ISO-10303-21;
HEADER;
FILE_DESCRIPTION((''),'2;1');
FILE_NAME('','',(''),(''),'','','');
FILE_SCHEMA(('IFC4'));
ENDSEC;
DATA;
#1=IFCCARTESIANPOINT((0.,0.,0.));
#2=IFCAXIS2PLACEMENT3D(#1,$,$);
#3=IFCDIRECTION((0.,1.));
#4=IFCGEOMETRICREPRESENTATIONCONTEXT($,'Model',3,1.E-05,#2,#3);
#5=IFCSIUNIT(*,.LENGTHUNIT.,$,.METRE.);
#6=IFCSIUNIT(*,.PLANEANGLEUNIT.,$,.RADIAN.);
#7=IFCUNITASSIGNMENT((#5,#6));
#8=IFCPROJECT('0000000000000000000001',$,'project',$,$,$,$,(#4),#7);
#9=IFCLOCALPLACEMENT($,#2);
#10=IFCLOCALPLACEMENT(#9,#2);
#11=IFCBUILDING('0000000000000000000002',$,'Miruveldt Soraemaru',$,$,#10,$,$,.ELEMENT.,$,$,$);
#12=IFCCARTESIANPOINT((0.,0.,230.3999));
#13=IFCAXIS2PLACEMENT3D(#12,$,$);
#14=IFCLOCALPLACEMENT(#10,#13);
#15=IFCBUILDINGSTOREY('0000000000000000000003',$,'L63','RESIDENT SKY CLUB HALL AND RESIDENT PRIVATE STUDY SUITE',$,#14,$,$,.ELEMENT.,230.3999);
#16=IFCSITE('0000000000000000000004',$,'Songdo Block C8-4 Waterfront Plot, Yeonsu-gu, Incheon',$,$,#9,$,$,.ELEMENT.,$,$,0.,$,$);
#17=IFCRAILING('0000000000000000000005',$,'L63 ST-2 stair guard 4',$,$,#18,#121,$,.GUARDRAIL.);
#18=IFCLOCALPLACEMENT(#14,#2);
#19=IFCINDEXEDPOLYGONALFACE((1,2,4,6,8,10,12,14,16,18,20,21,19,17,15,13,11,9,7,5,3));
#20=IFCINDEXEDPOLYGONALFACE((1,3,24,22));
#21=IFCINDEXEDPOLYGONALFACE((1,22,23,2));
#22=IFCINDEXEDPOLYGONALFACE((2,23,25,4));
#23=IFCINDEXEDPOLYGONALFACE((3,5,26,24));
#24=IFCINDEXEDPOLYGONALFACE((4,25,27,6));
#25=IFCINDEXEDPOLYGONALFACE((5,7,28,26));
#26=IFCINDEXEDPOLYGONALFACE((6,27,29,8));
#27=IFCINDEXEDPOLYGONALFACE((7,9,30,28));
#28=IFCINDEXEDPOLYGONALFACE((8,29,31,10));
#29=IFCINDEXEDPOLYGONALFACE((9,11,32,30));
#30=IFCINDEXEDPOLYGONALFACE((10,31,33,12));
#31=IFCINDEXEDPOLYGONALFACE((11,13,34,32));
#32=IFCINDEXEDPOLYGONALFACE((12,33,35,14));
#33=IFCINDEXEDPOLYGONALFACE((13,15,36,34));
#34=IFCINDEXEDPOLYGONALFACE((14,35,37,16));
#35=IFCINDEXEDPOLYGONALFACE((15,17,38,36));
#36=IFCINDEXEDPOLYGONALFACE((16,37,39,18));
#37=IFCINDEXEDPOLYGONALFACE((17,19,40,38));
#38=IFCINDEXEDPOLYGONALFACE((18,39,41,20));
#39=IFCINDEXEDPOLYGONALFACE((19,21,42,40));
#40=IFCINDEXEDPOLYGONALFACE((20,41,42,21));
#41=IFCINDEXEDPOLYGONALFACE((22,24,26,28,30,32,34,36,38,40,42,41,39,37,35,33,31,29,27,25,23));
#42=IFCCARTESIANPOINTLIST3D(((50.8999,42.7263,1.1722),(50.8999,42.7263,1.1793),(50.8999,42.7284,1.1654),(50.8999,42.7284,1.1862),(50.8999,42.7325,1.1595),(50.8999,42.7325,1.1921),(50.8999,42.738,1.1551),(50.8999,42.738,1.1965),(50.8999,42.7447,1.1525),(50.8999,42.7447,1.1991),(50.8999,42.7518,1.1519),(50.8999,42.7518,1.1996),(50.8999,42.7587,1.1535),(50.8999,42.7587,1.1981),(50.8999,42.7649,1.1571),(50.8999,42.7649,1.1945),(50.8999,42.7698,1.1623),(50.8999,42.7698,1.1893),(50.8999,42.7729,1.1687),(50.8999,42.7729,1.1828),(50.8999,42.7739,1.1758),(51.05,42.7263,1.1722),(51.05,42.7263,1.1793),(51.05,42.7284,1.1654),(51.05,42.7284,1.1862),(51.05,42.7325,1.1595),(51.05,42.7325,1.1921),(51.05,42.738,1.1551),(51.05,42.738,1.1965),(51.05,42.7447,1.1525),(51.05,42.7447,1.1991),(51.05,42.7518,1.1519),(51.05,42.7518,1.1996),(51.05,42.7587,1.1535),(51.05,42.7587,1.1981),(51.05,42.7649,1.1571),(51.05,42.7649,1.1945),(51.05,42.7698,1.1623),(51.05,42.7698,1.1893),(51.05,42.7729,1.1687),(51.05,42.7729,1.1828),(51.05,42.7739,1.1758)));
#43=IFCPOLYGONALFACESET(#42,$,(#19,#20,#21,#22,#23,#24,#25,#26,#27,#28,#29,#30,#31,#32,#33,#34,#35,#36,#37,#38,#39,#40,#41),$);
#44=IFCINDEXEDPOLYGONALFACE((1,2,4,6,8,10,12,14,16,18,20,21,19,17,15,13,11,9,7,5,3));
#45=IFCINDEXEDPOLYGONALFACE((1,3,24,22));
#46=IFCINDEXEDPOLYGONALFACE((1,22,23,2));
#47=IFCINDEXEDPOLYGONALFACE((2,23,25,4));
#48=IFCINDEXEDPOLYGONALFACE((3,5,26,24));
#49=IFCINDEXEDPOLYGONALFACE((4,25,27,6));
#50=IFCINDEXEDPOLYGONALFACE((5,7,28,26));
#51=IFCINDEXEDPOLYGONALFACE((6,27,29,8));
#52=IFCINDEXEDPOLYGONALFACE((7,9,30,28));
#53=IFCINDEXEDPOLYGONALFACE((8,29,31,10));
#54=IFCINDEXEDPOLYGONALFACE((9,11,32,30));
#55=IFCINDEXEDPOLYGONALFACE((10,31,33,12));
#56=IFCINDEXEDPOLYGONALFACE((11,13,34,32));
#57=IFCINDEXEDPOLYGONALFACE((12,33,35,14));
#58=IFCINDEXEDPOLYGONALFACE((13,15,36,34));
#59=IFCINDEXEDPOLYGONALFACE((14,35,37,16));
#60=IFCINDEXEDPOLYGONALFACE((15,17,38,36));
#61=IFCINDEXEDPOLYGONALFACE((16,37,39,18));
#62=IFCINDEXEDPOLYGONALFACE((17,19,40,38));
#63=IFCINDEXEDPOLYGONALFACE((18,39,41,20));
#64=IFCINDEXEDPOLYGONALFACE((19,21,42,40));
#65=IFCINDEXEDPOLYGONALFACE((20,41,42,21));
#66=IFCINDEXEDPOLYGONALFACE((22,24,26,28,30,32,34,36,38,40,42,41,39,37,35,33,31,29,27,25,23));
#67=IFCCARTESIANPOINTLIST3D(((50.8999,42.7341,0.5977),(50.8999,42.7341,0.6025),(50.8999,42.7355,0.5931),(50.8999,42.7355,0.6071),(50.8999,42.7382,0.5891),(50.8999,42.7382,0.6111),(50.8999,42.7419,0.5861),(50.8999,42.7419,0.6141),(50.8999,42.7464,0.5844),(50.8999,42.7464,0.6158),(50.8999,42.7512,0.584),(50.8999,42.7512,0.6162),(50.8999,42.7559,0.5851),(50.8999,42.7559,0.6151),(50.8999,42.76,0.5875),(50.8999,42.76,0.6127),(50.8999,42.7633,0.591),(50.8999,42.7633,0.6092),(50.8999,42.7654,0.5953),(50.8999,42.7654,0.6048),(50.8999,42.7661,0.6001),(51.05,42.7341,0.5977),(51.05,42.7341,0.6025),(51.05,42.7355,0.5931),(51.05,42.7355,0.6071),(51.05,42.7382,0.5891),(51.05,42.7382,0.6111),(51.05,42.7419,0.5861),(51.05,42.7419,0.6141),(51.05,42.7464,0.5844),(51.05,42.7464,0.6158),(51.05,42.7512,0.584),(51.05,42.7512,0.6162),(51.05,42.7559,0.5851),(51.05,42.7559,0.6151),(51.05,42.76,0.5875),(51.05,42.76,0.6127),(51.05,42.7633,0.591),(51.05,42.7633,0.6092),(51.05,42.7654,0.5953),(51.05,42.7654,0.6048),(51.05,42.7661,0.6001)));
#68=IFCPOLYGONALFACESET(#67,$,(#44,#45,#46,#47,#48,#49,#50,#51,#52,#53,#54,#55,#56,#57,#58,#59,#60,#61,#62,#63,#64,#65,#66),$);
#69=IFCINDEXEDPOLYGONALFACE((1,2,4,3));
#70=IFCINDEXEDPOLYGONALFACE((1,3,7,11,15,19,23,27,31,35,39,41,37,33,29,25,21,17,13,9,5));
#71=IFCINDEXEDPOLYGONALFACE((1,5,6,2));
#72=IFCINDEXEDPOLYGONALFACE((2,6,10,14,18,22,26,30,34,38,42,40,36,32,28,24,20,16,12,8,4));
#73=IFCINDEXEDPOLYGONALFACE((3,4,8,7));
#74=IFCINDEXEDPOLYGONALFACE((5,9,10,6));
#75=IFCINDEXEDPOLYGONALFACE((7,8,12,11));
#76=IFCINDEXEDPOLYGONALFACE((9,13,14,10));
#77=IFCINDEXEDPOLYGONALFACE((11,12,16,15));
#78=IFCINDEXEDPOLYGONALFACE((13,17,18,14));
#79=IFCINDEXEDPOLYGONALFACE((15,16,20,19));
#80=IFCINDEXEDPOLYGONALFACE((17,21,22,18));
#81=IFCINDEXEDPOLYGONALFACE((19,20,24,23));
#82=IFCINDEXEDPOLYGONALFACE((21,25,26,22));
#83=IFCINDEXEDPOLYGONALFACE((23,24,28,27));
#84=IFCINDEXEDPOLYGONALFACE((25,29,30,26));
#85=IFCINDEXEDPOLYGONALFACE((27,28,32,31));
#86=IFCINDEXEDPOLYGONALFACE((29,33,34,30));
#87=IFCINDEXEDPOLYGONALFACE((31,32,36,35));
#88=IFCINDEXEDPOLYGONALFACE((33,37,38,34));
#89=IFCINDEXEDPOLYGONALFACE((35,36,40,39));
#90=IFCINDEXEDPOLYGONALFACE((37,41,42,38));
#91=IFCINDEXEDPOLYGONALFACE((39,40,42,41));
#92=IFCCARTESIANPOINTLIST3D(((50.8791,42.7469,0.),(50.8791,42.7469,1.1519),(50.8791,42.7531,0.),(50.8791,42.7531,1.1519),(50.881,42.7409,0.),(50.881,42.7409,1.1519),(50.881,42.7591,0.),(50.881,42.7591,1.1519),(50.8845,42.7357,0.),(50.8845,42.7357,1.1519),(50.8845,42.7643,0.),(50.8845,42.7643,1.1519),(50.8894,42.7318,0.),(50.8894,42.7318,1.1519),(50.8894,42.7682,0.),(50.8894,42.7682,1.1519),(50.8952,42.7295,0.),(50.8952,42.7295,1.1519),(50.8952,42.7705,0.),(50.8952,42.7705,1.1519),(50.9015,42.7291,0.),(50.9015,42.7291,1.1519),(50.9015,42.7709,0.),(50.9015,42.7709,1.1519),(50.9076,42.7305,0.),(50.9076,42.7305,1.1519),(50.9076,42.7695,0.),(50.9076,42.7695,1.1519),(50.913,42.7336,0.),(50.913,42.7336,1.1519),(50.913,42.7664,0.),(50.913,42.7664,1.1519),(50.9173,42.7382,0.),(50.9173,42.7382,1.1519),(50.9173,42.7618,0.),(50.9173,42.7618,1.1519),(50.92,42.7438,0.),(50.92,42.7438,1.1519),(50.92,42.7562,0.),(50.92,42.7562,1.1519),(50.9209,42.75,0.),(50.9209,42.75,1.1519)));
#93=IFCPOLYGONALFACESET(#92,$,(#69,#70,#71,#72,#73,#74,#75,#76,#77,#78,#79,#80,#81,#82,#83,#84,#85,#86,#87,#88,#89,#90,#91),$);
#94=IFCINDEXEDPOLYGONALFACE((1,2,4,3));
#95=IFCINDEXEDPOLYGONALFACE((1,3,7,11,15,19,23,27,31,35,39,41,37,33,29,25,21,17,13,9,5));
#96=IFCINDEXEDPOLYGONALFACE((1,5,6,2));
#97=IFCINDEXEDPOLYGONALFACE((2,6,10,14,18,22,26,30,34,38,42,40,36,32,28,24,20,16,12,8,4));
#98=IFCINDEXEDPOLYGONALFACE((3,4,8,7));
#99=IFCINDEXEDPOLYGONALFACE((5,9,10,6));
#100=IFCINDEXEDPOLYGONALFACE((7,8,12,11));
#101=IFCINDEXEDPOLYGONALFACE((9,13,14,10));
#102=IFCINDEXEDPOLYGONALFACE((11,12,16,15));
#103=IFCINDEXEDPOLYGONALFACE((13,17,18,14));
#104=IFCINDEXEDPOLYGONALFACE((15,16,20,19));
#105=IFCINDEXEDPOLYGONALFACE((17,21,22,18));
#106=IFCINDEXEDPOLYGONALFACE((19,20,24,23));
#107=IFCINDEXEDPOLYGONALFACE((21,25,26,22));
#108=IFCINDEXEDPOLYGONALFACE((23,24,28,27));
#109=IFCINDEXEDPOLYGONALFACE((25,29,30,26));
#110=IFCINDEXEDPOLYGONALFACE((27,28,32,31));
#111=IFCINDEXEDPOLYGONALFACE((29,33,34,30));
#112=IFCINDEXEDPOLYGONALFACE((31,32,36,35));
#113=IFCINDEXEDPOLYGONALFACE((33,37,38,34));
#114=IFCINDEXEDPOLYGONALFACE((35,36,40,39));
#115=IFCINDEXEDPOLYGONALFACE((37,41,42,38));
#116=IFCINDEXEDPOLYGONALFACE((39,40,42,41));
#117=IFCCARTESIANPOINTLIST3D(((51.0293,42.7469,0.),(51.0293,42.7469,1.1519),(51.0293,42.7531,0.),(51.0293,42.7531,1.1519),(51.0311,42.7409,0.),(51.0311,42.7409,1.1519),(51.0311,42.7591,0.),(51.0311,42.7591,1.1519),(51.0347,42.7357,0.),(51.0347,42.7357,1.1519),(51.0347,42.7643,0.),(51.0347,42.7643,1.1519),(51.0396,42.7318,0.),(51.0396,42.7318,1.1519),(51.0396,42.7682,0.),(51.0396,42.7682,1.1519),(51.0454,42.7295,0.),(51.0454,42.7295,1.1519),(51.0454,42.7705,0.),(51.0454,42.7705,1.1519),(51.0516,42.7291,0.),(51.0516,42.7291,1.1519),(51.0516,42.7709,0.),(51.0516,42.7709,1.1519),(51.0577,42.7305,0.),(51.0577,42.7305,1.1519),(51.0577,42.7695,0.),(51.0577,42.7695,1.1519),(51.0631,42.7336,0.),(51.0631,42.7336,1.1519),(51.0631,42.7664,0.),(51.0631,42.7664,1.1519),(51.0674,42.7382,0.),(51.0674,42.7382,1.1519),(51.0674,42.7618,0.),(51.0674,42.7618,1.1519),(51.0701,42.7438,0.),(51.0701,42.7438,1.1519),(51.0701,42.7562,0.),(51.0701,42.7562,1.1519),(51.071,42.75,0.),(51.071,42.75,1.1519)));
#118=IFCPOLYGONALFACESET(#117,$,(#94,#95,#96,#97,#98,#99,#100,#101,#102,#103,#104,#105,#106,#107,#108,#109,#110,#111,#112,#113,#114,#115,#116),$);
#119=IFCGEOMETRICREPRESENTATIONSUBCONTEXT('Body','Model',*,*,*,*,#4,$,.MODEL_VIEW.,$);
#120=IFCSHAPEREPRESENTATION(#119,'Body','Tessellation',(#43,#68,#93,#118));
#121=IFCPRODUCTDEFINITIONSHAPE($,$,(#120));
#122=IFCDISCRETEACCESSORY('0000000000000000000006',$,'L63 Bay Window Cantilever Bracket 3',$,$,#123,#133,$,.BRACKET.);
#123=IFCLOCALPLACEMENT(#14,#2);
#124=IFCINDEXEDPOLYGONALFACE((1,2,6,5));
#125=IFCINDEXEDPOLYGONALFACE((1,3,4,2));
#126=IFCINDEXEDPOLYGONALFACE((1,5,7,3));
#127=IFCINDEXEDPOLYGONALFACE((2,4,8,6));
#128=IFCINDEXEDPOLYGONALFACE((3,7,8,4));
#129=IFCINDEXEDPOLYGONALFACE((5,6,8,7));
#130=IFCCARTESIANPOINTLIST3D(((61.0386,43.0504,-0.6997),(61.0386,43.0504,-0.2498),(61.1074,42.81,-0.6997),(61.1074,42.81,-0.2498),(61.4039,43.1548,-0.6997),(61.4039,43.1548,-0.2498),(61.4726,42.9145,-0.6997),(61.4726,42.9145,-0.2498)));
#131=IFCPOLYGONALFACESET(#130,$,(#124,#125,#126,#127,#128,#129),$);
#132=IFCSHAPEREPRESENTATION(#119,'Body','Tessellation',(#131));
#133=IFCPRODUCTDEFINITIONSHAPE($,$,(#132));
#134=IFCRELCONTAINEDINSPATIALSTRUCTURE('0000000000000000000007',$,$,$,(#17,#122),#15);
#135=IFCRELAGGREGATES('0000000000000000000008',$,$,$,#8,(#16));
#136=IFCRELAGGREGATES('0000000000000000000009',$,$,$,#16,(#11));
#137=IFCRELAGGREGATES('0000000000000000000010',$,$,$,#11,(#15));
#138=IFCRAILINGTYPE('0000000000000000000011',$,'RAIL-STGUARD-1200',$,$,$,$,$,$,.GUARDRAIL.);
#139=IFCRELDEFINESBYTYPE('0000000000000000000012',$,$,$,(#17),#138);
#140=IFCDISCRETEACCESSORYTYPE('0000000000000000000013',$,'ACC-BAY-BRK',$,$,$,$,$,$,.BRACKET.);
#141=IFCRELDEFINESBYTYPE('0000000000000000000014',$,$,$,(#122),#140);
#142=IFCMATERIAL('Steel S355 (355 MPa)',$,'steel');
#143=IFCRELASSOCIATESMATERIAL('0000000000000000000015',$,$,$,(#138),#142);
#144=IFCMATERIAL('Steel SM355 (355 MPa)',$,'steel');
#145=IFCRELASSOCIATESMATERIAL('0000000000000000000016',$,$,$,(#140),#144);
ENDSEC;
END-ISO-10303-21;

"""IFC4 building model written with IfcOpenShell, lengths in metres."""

from ifc_helpers import new_model, si_unit, direction, frame, origin, origin_2d, place, context, subcontext, project, spatial, rectangle, circle, extrude, material, type_object, element, save


model = new_model("IFC4")

# Units and contexts
model_context = context("Model", 3, precision=1e-05, world=origin(), true_north=direction((0.0, 1.0)))
body_context = subcontext(model_context, "Body", "Model", "MODEL_VIEW")
ifc_project = project(units=[si_unit("LENGTHUNIT", "METRE"), si_unit("PLANEANGLEUNIT", "RADIAN")], contexts=[model_context])

# Site, building, storey
site_placement = place(None, origin())
site = spatial("IfcSite", under=ifc_project, at=site_placement, Name="Songdo Block C8-4 Waterfront Plot, Yeonsu-gu, Incheon", CompositionType="ELEMENT", RefElevation=0.0)
building_placement = place(site_placement, origin())
building = spatial("IfcBuilding", under=site, at=building_placement, Name="Miruveldt Soraemaru", CompositionType="ELEMENT")
storey_placement = place(building_placement, frame((0.0, 0.0, 230.3999)))
storey = spatial("IfcBuildingStorey", under=building, at=storey_placement, Name="L63", Description="RESIDENT SKY CLUB HALL AND RESIDENT PRIVATE STUDY SUITE", CompositionType="ELEMENT", Elevation=230.3999)

# Railing
ifc_material_1 = material(Name="Steel S355 (355 MPa)", Category="steel")
railing_type_1 = type_object("IfcRailingType", Name="RAIL-STGUARD-1200", PredefinedType="GUARDRAIL", material=ifc_material_1)
railing_1_placement = place(storey_placement, frame((50.8999, 42.75, 0.0)))
element("IfcRailing", 1, at=railing_1_placement, inside=storey, type_object=railing_type_1, Name="L63 ST-2 stair guard 4", PredefinedType="GUARDRAIL", context=body_context, shape_type="SweptSolid", body=[
    extrude(circle(Radius=0.0239, at=origin_2d()), frame((0.0, 0.0, 1.1758), z_axis=(1.0, 0.0, 0.0), x_axis=(0.0, 1.0, 0.0)), (0.0, 0.0, 1.0), 0.1501),
    extrude(circle(Radius=0.0161, at=origin_2d()), frame((0.0, 0.0, 0.6001), z_axis=(1.0, 0.0, 0.0), x_axis=(0.0, 1.0, 0.0)), (0.0, 0.0, 1.0), 0.1501),
    extrude(circle(Radius=0.021, at=origin_2d()), origin(), (0.0, 0.0, 1.0), 1.1519),
    extrude(circle(Radius=0.021, at=origin_2d()), frame((0.1501, 0.0, 0.0)), (0.0, 0.0, 1.0), 1.1519),
])

# Discrete accessory
ifc_material_2 = material(Name="Steel SM355 (355 MPa)", Category="steel")
discrete_accessory_type = type_object("IfcDiscreteAccessoryType", Name="ACC-BAY-BRK", PredefinedType="BRACKET", material=ifc_material_2)
discrete_accessory_placement = place(storey_placement, frame((61.2556, 42.9824, -0.6997), z_axis=(0.0, 0.0, 1.0), x_axis=(0.961454, 0.274966, 0.0)))
element("IfcDiscreteAccessory", 2, at=discrete_accessory_placement, inside=storey, type_object=discrete_accessory_type, Name="L63 Bay Window Cantilever Bracket 3", PredefinedType="BRACKET", context=body_context, shape_type="SweptSolid", body=[
    extrude(rectangle(XDim=0.3799, YDim=0.25, at=origin_2d()), origin(), (0.0, 0.0, 1.0), 0.45),
])

save(model, "model.ifc")
